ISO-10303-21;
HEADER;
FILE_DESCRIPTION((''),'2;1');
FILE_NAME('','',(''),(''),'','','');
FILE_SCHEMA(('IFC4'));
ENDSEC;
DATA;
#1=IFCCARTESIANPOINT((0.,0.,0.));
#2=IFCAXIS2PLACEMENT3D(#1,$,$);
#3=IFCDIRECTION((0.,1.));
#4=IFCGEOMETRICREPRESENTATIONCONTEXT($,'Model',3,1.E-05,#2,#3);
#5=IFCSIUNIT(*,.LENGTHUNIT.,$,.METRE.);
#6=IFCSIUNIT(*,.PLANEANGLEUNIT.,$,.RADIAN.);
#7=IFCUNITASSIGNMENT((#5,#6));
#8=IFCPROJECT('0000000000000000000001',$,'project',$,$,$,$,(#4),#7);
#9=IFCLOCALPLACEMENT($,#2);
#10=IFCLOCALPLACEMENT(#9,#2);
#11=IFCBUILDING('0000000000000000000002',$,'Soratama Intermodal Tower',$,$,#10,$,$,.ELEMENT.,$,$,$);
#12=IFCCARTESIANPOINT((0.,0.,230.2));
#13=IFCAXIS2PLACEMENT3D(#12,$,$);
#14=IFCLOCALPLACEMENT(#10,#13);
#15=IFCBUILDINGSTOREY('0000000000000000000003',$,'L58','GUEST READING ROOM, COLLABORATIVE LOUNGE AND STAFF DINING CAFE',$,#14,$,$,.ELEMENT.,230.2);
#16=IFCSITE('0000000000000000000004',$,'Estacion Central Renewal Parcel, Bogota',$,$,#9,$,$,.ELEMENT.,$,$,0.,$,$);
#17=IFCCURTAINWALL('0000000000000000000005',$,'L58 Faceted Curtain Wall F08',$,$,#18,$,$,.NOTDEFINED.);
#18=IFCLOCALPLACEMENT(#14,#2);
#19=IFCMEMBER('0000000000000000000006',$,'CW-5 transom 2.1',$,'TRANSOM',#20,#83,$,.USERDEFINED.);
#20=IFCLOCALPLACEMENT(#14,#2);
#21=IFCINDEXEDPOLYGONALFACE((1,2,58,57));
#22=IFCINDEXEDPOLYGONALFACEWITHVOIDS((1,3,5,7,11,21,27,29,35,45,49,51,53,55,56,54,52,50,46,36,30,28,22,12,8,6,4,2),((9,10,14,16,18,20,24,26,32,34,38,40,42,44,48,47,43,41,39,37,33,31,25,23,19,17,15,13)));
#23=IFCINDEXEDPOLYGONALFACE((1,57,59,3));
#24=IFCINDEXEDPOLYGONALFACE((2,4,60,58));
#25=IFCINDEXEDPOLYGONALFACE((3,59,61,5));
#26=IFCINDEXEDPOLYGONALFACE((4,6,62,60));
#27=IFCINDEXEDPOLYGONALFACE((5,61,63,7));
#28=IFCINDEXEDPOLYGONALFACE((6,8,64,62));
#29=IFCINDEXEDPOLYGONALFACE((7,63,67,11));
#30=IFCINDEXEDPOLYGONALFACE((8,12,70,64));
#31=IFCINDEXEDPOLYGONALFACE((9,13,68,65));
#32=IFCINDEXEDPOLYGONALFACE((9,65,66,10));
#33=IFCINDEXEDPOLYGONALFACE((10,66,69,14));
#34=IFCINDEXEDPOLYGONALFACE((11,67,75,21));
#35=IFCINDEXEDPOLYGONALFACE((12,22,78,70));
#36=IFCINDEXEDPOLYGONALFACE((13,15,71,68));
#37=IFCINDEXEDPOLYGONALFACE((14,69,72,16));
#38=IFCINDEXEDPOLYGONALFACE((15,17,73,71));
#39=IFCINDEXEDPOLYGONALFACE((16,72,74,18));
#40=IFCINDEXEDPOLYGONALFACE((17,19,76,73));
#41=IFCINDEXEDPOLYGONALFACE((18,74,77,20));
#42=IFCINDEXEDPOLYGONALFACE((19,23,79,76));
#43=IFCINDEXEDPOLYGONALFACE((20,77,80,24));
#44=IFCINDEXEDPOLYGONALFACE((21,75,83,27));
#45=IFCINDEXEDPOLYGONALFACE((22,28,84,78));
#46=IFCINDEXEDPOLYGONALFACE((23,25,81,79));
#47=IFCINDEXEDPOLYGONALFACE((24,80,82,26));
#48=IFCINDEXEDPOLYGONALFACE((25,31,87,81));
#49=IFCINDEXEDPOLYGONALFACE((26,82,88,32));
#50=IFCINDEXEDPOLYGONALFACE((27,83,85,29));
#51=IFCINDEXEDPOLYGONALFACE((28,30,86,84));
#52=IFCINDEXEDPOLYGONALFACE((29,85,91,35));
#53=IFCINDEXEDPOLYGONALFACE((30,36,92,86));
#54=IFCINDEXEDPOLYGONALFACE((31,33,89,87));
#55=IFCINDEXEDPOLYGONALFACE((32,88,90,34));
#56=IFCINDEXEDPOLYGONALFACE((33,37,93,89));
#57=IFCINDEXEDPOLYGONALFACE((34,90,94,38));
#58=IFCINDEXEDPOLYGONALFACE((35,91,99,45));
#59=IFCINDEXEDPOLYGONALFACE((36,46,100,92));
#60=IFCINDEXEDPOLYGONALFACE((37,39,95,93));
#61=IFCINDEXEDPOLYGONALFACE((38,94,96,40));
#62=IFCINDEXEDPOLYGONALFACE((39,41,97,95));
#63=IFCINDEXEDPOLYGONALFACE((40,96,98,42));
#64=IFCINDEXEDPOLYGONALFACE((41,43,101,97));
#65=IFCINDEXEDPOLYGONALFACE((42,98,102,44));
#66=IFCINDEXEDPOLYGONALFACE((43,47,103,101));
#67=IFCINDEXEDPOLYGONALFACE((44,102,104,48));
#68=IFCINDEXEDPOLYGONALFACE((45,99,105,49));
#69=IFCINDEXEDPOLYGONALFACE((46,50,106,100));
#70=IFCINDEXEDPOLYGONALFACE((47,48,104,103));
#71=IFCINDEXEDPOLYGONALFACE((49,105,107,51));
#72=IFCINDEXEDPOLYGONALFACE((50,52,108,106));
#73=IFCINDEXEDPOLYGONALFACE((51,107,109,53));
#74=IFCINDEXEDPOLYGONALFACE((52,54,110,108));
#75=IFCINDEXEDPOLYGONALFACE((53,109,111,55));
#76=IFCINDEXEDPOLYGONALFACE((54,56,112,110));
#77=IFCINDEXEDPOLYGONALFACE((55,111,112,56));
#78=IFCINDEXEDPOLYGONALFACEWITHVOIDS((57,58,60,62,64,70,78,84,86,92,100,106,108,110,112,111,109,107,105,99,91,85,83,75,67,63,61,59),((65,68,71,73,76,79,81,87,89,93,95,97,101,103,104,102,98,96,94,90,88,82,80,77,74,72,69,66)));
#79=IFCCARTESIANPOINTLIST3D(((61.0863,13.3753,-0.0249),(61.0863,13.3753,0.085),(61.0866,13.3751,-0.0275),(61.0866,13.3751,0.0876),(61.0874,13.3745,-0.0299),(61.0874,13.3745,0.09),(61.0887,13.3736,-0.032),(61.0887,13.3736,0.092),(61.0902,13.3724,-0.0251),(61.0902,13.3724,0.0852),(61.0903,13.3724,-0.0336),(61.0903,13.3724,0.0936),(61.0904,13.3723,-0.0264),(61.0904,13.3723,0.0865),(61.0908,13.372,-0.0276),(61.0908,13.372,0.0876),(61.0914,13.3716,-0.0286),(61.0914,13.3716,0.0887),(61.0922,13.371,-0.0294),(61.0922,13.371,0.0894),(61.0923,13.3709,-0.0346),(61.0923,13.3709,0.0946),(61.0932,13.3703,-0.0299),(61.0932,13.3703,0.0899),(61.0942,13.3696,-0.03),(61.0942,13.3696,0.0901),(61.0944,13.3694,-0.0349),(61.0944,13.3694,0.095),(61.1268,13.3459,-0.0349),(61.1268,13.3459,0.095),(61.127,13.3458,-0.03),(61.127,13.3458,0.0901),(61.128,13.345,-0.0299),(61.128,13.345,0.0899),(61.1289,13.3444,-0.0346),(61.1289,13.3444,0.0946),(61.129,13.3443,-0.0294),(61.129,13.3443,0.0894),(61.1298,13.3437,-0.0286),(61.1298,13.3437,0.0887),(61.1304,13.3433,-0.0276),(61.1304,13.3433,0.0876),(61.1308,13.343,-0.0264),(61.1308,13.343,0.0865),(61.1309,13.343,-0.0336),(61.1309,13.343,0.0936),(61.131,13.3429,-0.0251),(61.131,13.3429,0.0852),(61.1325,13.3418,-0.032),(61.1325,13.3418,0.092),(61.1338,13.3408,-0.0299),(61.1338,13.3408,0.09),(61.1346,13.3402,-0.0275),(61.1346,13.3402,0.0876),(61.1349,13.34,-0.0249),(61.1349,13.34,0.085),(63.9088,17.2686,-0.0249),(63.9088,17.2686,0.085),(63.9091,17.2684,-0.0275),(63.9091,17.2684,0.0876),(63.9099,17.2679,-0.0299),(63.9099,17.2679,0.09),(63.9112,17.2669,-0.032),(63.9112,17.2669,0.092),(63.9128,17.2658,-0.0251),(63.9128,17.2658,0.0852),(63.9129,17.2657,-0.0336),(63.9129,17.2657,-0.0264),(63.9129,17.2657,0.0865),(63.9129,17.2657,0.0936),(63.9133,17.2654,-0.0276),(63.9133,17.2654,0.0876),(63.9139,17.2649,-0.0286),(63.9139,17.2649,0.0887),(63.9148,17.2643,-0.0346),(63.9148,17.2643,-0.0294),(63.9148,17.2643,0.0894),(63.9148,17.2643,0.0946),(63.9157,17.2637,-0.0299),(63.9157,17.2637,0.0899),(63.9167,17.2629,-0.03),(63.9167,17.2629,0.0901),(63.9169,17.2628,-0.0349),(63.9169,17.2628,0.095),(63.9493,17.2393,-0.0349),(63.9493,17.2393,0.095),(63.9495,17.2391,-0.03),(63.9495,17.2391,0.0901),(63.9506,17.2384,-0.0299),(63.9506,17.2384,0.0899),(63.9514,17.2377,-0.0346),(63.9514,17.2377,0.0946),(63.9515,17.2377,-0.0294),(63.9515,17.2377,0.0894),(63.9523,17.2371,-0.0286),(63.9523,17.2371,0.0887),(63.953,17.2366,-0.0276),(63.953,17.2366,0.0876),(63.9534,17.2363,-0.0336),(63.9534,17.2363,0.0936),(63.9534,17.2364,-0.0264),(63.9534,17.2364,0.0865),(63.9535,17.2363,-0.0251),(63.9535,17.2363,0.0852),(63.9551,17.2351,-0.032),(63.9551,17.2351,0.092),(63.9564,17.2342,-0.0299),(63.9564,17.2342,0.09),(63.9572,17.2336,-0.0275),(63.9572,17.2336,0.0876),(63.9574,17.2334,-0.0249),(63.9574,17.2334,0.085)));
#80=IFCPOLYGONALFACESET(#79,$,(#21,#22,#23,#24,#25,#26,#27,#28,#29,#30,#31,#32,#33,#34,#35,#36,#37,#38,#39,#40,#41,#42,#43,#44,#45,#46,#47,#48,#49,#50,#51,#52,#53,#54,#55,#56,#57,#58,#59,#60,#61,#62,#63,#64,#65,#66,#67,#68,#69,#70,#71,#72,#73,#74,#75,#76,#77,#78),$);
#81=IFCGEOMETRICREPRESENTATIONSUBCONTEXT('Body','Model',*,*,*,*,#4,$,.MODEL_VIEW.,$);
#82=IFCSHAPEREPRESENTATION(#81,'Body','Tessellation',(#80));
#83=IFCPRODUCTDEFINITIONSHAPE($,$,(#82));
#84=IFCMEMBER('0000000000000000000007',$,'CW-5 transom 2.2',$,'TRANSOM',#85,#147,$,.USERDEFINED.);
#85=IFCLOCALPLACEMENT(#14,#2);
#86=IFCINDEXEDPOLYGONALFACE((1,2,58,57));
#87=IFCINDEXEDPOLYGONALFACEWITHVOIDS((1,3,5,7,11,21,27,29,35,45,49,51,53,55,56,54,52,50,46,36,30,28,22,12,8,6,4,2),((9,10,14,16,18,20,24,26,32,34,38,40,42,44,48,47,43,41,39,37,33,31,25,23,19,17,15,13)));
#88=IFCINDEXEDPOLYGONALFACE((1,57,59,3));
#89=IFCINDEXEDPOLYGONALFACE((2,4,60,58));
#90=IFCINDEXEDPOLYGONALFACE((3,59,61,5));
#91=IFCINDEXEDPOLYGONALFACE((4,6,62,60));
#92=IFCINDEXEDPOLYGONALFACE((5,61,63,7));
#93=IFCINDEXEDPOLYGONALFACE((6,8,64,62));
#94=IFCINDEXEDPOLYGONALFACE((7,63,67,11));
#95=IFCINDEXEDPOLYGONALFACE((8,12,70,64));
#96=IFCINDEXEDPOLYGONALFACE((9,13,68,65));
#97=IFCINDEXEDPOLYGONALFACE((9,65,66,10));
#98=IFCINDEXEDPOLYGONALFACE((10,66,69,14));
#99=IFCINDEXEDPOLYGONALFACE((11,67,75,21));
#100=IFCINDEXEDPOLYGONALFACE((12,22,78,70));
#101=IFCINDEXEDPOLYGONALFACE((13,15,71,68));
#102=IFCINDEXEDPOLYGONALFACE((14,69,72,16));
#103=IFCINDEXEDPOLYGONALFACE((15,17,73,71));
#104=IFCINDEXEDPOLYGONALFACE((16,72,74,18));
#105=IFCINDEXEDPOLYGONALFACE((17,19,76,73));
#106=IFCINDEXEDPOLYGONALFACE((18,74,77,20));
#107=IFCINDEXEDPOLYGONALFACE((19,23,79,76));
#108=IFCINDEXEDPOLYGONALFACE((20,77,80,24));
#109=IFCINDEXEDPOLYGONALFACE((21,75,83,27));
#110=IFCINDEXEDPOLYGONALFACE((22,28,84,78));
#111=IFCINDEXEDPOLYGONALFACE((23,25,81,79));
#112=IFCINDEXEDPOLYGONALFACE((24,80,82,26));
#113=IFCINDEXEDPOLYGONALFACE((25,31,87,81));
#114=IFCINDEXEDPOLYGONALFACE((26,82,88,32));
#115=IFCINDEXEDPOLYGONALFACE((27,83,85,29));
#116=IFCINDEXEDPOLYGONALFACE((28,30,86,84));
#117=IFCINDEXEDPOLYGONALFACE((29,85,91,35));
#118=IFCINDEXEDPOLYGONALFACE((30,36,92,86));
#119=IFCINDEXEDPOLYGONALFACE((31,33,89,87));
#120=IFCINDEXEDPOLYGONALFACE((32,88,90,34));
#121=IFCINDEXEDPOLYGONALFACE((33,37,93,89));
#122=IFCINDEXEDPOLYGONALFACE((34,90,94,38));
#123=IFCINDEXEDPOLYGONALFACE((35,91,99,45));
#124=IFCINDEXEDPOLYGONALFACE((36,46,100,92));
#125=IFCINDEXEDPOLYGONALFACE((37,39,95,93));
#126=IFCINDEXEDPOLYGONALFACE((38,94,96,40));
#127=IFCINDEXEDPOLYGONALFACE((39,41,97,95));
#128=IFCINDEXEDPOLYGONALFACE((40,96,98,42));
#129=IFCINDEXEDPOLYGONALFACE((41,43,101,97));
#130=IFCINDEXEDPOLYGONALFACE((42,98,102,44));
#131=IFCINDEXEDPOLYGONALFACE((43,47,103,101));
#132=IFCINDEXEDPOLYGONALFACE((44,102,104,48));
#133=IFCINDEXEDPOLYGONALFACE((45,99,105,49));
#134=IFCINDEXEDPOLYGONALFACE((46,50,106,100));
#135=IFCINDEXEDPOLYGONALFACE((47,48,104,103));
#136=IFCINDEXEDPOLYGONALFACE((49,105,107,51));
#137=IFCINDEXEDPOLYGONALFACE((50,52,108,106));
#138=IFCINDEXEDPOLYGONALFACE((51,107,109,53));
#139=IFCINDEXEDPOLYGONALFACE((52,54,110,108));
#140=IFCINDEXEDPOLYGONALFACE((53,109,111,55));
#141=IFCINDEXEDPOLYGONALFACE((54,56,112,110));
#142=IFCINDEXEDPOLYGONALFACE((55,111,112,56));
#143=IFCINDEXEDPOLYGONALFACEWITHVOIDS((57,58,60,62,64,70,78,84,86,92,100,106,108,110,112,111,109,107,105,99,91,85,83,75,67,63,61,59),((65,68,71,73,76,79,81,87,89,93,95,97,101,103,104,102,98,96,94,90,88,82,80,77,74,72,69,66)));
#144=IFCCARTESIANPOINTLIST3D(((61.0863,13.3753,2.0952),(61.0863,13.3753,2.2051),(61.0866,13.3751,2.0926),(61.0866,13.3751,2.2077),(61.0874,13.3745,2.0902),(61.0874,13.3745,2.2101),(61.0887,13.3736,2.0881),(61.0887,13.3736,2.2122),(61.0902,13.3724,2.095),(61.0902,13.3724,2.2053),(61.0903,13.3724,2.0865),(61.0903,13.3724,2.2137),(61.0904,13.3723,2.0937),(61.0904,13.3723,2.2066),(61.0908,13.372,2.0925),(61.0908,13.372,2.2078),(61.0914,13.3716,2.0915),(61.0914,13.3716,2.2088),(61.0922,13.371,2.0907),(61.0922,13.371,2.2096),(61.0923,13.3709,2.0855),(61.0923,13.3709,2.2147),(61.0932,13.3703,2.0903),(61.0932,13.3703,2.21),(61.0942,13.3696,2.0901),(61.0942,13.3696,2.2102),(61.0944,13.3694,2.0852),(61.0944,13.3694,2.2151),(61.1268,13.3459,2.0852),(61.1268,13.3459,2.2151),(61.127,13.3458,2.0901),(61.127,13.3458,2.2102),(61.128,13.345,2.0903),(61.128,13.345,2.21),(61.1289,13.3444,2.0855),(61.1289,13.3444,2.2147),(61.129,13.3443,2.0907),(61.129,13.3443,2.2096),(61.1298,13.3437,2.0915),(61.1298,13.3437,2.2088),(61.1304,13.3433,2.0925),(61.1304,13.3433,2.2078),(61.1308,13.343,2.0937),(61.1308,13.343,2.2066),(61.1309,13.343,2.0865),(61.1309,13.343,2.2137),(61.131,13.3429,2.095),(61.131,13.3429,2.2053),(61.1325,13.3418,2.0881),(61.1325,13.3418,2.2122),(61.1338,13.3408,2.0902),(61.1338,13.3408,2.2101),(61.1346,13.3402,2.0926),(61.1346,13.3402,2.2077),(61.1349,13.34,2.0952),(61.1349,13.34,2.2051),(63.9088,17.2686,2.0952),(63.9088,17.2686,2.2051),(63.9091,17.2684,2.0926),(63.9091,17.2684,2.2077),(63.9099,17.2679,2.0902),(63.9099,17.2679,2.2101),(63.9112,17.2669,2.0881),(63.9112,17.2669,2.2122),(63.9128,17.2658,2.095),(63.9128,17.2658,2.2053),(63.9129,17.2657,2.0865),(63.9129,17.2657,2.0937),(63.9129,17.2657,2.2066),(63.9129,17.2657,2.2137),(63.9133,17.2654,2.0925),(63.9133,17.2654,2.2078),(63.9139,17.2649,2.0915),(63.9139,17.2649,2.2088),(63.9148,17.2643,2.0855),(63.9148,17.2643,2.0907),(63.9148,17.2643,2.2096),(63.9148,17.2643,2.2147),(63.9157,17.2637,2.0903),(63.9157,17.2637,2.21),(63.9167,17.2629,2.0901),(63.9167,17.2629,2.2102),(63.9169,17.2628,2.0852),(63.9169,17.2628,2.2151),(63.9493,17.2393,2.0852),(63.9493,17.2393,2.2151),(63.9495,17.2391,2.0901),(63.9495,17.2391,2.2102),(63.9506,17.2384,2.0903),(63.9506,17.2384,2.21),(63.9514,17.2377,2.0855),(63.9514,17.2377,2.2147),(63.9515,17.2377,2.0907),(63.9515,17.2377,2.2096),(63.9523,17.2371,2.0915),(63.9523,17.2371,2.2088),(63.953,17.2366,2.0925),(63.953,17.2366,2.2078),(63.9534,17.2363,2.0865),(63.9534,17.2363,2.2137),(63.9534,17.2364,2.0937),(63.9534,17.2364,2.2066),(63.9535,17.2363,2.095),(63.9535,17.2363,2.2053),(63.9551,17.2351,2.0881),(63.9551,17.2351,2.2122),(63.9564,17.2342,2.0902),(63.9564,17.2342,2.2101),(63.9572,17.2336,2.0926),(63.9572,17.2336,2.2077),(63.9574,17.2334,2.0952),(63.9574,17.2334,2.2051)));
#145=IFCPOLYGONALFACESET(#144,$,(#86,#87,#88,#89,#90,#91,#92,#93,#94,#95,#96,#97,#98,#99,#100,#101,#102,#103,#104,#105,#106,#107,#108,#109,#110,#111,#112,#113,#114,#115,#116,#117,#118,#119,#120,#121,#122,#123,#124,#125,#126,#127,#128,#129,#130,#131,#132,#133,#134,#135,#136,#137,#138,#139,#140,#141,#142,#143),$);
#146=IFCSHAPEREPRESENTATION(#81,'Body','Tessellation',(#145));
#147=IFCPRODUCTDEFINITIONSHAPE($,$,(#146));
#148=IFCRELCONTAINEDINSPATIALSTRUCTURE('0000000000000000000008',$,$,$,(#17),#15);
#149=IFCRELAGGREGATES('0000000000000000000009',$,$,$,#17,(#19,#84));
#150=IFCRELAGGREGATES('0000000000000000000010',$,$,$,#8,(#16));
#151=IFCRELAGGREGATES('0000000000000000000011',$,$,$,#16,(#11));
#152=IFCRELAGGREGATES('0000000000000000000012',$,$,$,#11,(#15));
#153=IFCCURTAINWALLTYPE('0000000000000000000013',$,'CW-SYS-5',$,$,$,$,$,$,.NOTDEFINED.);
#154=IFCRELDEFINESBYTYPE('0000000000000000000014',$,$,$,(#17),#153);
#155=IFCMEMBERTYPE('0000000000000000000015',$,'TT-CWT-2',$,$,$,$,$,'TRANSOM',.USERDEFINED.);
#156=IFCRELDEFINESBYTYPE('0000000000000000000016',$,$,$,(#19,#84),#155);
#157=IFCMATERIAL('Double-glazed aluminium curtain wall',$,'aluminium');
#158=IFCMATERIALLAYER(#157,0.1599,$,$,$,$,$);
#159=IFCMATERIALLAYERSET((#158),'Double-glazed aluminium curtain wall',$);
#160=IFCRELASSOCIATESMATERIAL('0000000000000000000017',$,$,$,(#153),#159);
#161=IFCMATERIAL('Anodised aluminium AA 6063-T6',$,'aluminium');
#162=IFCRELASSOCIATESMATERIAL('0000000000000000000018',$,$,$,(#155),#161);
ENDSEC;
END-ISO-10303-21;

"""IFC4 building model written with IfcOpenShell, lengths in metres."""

from ifc_helpers import new_model, si_unit, direction, frame, origin, origin_2d, place, context, subcontext, project, spatial, hollow_rectangle, extrude, material, layer, layer_set, material_profile, profile_set, type_object, element, aggregate, save


model = new_model("IFC4")

# Units and contexts
model_context = context("Model", 3, precision=1e-05, world=origin(), true_north=direction((0.0, 1.0)))
body_context = subcontext(model_context, "Body", "Model", "MODEL_VIEW")
ifc_project = project(units=[si_unit("LENGTHUNIT", "METRE"), si_unit("PLANEANGLEUNIT", "RADIAN")], contexts=[model_context])

# Site, building, storey
site_placement = place(None, origin())
site = spatial("IfcSite", under=ifc_project, at=site_placement, Name="Estacion Central Renewal Parcel, Bogota", CompositionType="ELEMENT", RefElevation=0.0)
building_placement = place(site_placement, origin())
building = spatial("IfcBuilding", under=site, at=building_placement, Name="Soratama Intermodal Tower", CompositionType="ELEMENT")
storey_placement = place(building_placement, frame((0.0, 0.0, 230.2)))
storey = spatial("IfcBuildingStorey", under=building, at=storey_placement, Name="L58", Description="GUEST READING ROOM, COLLABORATIVE LOUNGE AND STAFF DINING CAFE", CompositionType="ELEMENT", Elevation=230.2)

# Curtain wall, members
ifc_material_1 = material(Name="Double-glazed aluminium curtain wall", Category="aluminium")
ifc_layer_1 = layer(ifc_material_1, 0.1599)
ifc_layer_set_1 = layer_set([ifc_layer_1], Name="Double-glazed aluminium curtain wall")
curtain_wall_type = type_object("IfcCurtainWallType", Name="CW-SYS-5", PredefinedType="NOTDEFINED", material=ifc_layer_set_1)
curtain_wall_placement = place(storey_placement, origin())
curtain_wall = element("IfcCurtainWall", 1, at=curtain_wall_placement, inside=storey, type_object=curtain_wall_type, Name="L58 Faceted Curtain Wall F08", PredefinedType="NOTDEFINED")
ifc_material_2 = material(Name="Anodised aluminium AA 6063-T6", Category="aluminium")
ifc_material_profile_1 = material_profile(ifc_material_2, hollow_rectangle(XDim=0.0601, YDim=0.1299, WallThickness=0.0049, InnerFilletRadius=0.0049, OuterFilletRadius=0.01, at=origin_2d()), Name="CWT130X60X5")
ifc_profile_set_1 = profile_set([ifc_material_profile_1], Name="Anodised aluminium AA 6063-T6")
member_type_1 = type_object("IfcMemberType", Name="TT-CWT-2", ElementType="TRANSOM", PredefinedType="USERDEFINED", material=ifc_profile_set_1)
member_1_placement = place(storey_placement, frame((61.1106, 13.3577, 0.03), z_axis=(0.586948, 0.809624, 0.0), x_axis=(-0.809624, 0.586948, 0.0)))
member_1 = element("IfcMember", 2, at=member_1_placement, type_object=member_type_1, Name="CW-5 transom 2.1", ObjectType="TRANSOM", PredefinedType="USERDEFINED", context=body_context, shape_type="SweptSolid", body=[
    extrude(hollow_rectangle(XDim=0.0601, YDim=0.1299, WallThickness=0.0049, InnerFilletRadius=0.0049, OuterFilletRadius=0.01, at=origin_2d()), origin(), (0.0, 0.0, 1.0), 4.8088),
])
member_2_placement = place(storey_placement, frame((61.1106, 13.3577, 2.1501), z_axis=(0.586948, 0.809624, 0.0), x_axis=(-0.809624, 0.586948, 0.0)))
member_2 = element("IfcMember", 3, at=member_2_placement, type_object=member_type_1, Name="CW-5 transom 2.2", ObjectType="TRANSOM", PredefinedType="USERDEFINED", context=body_context, shape_type="SweptSolid", body=[
    extrude(hollow_rectangle(XDim=0.0601, YDim=0.1299, WallThickness=0.0049, InnerFilletRadius=0.0049, OuterFilletRadius=0.01, at=origin_2d()), origin(), (0.0, 0.0, 1.0), 4.8088),
])
aggregate(curtain_wall, [member_1, member_2])

save(model, "model.ifc")
